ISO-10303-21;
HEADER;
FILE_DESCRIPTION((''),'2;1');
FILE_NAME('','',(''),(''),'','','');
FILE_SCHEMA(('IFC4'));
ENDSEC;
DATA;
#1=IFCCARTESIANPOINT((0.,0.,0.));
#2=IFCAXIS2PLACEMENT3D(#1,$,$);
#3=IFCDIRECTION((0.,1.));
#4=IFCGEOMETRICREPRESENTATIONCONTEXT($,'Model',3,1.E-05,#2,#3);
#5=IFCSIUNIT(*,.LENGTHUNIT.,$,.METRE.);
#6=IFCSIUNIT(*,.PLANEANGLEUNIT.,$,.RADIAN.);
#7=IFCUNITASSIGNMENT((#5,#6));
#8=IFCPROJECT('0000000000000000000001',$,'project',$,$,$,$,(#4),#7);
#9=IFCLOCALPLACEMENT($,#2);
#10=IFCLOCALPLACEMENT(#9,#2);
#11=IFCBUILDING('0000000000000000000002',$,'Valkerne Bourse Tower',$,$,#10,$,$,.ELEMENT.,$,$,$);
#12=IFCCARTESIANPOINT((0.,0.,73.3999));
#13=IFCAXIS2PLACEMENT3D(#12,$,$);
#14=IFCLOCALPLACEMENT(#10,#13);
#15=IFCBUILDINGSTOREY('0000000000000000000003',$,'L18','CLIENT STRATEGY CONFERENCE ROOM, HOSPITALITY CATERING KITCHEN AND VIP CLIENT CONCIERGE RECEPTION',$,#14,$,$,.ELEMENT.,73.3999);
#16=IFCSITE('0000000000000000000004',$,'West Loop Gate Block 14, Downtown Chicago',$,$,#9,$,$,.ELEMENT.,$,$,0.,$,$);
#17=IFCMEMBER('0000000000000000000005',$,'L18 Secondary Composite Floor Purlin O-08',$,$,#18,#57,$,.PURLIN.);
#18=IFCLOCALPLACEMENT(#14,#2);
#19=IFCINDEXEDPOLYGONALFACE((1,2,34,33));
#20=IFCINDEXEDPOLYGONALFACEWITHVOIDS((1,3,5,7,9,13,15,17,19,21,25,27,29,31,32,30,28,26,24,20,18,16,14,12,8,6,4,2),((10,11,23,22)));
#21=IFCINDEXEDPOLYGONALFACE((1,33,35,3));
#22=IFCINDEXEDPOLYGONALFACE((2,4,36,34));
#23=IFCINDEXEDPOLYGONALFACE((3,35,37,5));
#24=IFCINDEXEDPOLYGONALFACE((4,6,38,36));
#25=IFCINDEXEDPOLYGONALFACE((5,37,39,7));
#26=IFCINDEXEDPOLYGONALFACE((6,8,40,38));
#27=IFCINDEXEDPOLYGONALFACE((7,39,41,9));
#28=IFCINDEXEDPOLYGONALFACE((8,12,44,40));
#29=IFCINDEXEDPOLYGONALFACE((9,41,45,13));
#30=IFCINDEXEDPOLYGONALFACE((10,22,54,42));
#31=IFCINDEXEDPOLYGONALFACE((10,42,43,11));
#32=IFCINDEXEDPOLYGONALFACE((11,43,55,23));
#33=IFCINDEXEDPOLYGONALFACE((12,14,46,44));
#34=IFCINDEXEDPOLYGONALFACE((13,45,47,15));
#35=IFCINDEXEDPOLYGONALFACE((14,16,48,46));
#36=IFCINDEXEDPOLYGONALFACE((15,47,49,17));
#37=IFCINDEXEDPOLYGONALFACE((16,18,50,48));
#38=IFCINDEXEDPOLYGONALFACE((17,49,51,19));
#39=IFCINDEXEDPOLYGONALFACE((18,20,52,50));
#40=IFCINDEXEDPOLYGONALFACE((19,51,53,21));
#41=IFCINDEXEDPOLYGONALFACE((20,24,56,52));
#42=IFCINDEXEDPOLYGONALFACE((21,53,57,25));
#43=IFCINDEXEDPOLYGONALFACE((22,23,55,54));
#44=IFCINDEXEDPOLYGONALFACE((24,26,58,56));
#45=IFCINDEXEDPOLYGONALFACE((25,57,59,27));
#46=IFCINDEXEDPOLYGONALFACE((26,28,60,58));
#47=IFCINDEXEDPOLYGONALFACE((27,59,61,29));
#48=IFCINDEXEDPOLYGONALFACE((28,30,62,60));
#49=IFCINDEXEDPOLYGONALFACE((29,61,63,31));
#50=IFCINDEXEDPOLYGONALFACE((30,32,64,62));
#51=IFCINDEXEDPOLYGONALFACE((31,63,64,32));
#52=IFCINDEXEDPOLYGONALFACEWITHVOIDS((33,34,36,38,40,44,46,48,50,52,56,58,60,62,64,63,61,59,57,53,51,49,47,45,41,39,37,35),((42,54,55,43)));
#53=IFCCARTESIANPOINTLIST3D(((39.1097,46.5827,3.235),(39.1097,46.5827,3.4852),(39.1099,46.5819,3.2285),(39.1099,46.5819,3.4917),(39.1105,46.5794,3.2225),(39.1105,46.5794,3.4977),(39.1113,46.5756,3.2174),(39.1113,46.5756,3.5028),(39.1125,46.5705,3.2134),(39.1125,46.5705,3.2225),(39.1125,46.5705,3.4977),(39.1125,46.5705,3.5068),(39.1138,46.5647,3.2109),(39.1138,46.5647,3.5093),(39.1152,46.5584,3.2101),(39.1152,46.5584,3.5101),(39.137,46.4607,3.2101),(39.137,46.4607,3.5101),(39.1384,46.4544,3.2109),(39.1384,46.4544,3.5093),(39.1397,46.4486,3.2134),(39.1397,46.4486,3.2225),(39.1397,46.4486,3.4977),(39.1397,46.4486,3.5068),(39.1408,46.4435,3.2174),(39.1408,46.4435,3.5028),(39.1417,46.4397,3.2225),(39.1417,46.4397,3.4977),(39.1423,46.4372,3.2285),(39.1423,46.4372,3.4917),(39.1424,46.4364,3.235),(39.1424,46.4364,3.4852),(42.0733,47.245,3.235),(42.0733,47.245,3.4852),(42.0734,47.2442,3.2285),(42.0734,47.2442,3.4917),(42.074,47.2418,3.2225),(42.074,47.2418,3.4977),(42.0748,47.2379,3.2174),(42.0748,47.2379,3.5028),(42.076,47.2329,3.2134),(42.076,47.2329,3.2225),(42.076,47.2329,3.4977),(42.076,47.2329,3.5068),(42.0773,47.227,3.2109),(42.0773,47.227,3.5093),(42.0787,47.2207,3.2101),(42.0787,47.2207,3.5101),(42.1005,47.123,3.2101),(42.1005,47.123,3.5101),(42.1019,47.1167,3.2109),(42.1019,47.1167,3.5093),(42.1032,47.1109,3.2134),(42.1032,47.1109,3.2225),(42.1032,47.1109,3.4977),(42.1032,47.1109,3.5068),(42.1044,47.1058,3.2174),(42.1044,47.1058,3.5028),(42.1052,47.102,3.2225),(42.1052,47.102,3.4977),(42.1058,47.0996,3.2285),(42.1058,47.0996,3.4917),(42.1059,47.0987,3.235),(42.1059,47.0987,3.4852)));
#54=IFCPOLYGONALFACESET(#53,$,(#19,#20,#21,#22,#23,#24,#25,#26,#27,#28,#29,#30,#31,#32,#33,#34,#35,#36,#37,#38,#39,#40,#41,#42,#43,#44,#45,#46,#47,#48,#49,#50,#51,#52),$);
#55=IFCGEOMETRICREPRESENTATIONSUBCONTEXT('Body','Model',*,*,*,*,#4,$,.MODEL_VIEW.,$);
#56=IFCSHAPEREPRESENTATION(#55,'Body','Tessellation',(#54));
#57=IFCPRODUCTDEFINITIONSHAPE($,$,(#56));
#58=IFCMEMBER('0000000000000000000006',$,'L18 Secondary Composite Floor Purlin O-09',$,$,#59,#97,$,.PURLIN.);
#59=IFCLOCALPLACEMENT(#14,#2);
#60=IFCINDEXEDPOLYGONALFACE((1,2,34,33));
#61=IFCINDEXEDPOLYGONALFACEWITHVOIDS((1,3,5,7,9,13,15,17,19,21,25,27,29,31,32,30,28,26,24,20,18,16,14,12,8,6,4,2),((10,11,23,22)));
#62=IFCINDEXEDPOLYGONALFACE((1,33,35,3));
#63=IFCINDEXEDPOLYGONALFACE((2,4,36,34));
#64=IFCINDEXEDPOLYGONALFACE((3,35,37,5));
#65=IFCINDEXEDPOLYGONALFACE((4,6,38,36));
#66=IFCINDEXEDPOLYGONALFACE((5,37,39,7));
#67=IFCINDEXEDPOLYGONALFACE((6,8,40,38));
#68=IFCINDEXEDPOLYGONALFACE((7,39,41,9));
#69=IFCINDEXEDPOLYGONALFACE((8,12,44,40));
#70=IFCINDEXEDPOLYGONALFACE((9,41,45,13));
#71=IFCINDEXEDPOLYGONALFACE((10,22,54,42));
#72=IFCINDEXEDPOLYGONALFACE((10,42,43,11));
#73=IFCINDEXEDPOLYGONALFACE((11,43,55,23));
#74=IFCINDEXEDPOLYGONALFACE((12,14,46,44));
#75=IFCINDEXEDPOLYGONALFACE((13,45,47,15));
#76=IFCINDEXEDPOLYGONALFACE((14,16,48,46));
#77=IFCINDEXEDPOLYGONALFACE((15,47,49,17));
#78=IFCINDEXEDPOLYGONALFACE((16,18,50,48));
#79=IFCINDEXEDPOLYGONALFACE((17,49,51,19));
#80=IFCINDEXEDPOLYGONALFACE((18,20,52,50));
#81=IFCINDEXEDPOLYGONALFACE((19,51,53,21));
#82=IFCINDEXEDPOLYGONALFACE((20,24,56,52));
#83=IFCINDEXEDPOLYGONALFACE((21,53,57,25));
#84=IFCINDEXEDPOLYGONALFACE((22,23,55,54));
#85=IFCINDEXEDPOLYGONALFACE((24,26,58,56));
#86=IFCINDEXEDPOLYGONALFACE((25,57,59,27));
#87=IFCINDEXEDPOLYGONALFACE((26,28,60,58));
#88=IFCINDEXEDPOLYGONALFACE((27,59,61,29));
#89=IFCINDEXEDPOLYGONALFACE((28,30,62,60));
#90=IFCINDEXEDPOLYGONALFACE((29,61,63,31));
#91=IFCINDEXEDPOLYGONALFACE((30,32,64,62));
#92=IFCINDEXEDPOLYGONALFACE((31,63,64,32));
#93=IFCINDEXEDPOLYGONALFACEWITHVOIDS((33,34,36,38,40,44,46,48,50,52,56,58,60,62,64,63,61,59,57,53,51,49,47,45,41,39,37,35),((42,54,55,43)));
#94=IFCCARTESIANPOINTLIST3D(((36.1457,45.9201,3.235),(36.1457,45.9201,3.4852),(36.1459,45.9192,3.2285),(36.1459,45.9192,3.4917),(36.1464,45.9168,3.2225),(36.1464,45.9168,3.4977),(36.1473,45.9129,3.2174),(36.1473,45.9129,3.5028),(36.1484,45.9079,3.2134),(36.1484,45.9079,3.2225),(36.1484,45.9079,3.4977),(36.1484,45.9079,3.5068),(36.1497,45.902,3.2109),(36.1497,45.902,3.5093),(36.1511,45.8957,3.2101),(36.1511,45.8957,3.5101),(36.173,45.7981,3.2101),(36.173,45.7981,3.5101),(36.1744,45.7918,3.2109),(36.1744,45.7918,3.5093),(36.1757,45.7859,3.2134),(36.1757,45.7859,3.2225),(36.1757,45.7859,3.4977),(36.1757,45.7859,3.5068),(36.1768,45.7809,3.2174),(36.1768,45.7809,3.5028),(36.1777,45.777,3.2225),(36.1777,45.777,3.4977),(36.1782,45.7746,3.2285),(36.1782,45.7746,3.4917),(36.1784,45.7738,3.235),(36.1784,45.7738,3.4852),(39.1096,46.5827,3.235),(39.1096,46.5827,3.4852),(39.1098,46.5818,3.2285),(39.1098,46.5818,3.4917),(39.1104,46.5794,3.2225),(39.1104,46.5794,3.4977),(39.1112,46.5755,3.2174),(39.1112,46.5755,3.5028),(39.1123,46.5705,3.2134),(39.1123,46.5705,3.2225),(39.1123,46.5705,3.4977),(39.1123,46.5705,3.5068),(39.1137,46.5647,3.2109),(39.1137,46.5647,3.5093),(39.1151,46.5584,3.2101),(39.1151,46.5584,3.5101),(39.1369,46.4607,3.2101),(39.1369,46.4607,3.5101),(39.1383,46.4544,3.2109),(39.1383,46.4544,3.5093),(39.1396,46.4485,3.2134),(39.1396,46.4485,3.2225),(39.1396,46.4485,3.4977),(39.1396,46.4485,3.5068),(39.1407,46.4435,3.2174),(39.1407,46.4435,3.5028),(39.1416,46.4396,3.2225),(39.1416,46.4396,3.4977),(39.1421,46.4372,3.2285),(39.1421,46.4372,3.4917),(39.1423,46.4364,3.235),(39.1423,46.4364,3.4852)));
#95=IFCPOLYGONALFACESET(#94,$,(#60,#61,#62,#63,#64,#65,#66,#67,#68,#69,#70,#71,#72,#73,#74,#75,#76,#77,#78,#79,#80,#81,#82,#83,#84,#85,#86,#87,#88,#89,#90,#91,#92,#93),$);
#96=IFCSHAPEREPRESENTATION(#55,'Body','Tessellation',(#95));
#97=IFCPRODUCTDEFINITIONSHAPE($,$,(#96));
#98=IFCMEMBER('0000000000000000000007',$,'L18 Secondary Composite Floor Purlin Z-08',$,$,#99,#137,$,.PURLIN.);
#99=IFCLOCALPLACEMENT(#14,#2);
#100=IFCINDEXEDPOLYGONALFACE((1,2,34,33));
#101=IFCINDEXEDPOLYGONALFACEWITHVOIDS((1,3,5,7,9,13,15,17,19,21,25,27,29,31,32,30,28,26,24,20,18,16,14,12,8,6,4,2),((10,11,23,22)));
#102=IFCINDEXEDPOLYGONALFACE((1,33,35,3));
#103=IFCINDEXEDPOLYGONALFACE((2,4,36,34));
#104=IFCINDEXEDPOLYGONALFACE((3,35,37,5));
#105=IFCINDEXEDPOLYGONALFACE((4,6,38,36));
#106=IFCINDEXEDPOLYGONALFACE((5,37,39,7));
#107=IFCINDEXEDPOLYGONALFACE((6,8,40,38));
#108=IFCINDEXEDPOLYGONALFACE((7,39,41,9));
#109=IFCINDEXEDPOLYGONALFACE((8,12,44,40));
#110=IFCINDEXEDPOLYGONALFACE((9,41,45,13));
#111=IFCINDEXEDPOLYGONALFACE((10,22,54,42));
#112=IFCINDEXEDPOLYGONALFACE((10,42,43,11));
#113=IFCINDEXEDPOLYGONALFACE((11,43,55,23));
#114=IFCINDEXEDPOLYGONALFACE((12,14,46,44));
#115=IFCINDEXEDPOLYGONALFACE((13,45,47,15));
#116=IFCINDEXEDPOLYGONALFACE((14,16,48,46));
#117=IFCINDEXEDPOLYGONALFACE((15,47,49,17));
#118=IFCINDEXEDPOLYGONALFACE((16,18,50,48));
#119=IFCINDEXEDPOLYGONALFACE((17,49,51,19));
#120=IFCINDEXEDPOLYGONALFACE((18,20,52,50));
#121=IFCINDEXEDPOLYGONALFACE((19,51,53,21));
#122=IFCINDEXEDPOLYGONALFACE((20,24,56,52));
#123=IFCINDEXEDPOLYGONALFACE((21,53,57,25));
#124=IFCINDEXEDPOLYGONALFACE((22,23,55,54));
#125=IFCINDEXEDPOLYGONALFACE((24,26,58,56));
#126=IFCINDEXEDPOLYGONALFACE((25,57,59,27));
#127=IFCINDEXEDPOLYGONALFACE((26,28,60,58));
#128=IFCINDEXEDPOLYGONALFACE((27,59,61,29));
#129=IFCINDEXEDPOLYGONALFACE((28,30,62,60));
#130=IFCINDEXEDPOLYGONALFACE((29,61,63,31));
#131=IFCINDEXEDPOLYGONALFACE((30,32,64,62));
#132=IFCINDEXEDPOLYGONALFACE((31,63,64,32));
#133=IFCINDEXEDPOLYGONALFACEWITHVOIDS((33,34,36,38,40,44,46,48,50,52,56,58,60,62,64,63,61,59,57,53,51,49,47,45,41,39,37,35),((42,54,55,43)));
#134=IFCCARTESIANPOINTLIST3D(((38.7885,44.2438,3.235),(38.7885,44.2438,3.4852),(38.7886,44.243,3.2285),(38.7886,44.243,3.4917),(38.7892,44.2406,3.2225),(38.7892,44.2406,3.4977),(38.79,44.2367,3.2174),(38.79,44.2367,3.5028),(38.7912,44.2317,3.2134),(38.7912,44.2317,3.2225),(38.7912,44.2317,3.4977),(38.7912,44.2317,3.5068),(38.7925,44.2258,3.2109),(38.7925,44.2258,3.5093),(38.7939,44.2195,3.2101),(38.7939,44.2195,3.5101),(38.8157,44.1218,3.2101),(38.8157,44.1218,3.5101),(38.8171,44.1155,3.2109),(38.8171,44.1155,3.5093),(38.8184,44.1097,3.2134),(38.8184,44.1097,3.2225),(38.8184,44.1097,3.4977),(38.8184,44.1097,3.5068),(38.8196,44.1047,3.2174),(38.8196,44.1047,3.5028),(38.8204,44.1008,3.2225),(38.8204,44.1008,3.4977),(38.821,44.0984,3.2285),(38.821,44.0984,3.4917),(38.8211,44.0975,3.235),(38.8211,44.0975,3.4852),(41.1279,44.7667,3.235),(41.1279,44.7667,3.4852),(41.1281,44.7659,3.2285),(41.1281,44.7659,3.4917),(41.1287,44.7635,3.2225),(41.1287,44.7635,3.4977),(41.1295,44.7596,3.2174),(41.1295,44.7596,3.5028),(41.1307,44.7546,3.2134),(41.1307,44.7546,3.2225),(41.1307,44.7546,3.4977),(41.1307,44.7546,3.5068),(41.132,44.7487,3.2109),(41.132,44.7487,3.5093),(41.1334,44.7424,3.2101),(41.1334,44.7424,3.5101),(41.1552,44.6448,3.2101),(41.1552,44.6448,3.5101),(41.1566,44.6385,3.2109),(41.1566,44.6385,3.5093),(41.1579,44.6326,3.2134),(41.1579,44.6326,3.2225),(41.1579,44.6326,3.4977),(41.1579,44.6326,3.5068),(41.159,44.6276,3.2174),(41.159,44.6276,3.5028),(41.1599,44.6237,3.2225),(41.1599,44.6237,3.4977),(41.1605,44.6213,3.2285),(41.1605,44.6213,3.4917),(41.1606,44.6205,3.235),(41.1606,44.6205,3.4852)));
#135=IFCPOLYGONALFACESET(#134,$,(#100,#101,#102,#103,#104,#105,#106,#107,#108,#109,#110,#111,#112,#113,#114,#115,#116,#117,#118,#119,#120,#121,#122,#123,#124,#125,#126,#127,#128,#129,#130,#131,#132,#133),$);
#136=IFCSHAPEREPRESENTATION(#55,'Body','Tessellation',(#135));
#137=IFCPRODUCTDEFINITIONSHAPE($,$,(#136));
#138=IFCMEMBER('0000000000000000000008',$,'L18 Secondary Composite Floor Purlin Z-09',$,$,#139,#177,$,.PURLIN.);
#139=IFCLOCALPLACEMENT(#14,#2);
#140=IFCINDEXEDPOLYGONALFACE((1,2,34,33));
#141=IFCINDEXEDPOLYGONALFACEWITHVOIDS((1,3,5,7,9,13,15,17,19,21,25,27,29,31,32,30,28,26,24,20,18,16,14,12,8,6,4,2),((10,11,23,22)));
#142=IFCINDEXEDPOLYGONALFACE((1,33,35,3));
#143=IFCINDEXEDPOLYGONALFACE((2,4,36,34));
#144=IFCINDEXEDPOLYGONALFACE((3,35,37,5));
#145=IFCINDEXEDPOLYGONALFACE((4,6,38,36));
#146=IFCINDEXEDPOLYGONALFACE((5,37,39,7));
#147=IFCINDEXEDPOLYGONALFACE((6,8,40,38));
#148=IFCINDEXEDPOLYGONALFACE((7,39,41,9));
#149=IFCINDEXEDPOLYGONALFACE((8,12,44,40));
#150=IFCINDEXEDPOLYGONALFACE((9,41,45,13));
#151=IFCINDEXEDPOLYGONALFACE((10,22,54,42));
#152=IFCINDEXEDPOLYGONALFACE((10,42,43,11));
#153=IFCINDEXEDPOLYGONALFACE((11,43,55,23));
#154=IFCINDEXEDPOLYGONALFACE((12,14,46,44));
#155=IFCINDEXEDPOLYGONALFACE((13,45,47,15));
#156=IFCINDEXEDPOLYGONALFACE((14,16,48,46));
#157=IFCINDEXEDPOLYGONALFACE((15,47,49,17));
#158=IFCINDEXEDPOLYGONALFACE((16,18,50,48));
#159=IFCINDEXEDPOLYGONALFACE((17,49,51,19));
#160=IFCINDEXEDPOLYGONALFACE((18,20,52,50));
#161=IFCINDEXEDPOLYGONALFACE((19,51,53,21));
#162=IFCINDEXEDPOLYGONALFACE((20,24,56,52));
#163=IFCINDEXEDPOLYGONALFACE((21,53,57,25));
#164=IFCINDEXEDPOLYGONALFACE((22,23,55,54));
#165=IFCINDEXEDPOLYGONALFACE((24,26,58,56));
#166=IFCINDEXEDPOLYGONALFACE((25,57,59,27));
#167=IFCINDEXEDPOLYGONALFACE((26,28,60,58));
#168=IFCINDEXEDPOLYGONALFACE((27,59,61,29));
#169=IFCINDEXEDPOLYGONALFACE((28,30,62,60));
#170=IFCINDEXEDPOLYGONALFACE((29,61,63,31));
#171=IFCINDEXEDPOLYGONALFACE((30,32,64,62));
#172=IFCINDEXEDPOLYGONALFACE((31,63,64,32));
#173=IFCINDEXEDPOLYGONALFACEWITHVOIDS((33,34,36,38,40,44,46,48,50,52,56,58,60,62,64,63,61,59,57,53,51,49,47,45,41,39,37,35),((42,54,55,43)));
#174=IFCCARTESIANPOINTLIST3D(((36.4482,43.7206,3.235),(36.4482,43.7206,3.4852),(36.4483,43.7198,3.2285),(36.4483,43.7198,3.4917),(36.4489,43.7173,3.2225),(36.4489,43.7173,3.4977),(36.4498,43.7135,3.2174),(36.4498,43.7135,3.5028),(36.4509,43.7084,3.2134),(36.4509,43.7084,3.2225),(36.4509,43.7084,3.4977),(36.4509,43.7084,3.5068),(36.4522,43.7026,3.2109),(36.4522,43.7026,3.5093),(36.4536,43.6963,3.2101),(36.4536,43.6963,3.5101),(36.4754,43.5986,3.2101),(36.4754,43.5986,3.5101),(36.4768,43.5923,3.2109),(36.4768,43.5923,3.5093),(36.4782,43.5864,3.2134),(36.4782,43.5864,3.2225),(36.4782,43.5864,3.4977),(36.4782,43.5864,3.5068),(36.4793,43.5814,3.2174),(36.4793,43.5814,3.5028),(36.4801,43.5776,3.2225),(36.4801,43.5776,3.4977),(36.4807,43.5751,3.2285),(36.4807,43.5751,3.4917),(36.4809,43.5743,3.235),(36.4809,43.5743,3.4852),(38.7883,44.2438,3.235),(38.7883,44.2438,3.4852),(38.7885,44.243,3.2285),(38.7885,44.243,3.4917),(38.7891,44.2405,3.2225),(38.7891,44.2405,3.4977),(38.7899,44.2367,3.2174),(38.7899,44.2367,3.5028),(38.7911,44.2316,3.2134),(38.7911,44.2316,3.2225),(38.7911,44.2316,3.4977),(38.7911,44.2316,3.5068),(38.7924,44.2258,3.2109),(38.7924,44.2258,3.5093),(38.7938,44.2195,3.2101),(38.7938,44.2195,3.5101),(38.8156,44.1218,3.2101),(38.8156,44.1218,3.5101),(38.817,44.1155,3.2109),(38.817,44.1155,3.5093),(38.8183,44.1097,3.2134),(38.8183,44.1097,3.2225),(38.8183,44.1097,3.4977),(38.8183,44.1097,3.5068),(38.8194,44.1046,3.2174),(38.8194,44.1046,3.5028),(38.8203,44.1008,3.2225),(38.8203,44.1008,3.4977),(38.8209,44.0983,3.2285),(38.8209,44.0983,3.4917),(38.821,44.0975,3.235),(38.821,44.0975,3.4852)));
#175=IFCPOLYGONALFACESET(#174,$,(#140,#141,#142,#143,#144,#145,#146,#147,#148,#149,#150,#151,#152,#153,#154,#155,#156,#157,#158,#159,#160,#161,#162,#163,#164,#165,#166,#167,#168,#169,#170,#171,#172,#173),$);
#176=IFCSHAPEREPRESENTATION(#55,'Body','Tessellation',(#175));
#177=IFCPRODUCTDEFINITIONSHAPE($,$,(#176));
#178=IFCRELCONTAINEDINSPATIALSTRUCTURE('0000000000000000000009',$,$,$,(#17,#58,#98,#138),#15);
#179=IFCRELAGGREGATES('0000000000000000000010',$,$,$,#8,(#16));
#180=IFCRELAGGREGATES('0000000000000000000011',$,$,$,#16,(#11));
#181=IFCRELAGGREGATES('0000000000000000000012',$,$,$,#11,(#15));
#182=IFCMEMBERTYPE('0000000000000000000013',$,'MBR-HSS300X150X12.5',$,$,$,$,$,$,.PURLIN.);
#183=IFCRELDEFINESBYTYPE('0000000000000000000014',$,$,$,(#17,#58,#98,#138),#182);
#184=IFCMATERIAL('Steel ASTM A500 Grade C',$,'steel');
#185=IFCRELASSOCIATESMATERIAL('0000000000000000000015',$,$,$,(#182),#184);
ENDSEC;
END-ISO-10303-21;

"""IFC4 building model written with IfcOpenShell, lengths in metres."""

from ifc_helpers import new_model, si_unit, direction, frame, origin, origin_2d, place, context, subcontext, project, spatial, hollow_rectangle, extrude, material, material_profile, profile_set, type_object, element, save


model = new_model("IFC4")

# Units and contexts
model_context = context("Model", 3, precision=1e-05, world=origin(), true_north=direction((0.0, 1.0)))
body_context = subcontext(model_context, "Body", "Model", "MODEL_VIEW")
ifc_project = project(units=[si_unit("LENGTHUNIT", "METRE"), si_unit("PLANEANGLEUNIT", "RADIAN")], contexts=[model_context])

# Site, building, storey
site_placement = place(None, origin())
site = spatial("IfcSite", under=ifc_project, at=site_placement, Name="West Loop Gate Block 14, Downtown Chicago", CompositionType="ELEMENT", RefElevation=0.0)
building_placement = place(site_placement, origin())
building = spatial("IfcBuilding", under=site, at=building_placement, Name="Valkerne Bourse Tower", CompositionType="ELEMENT")
storey_placement = place(building_placement, frame((0.0, 0.0, 73.3999)))
storey = spatial("IfcBuildingStorey", under=building, at=storey_placement, Name="L18", Description="CLIENT STRATEGY CONFERENCE ROOM, HOSPITALITY CATERING KITCHEN AND VIP CLIENT CONCIERGE RECEPTION", CompositionType="ELEMENT", Elevation=73.3999)

# Members
ifc_material_1 = material(Name="Steel ASTM A500 Grade C", Category="steel")
ifc_material_profile_1 = material_profile(ifc_material_1, hollow_rectangle(XDim=0.1499, YDim=0.3, WallThickness=0.0125, OuterFilletRadius=0.0249, at=origin_2d()), Name="HSS300X150X12.5")
ifc_profile_set_1 = profile_set([ifc_material_profile_1], Name="Steel ASTM A500 Grade C")
member_type_1 = type_object("IfcMemberType", Name="MBR-HSS300X150X12.5", PredefinedType="PURLIN", material=ifc_profile_set_1)
member_1_placement = place(storey_placement, frame((42.0896, 47.1719, 3.3601), z_axis=(-0.975923, -0.218114, 0.0), x_axis=(0.218114, -0.975923, 0.0)))
element("IfcMember", 1, at=member_1_placement, inside=storey, type_object=member_type_1, Name="L18 Secondary Composite Floor Purlin O-08", PredefinedType="PURLIN", context=body_context, shape_type="SweptSolid", body=[
    extrude(hollow_rectangle(XDim=0.1499, YDim=0.3, WallThickness=0.0125, OuterFilletRadius=0.0249, at=origin_2d()), origin(), (0.0, 0.0, 1.0), 3.0366),
])
member_2_placement = place(storey_placement, frame((39.126, 46.5095, 3.3601), z_axis=(-0.97591, -0.218173, 0.0), x_axis=(0.218173, -0.97591, 0.0)))
element("IfcMember", 2, at=member_2_placement, inside=storey, type_object=member_type_1, Name="L18 Secondary Composite Floor Purlin O-09", PredefinedType="PURLIN", context=body_context, shape_type="SweptSolid", body=[
    extrude(hollow_rectangle(XDim=0.1499, YDim=0.3, WallThickness=0.0125, OuterFilletRadius=0.0249, at=origin_2d()), origin(), (0.0, 0.0, 1.0), 3.0371),
])
member_3_placement = place(storey_placement, frame((41.1443, 44.6936, 3.3601), z_axis=(-0.975918, -0.218138, 0.0), x_axis=(0.218138, -0.975918, 0.0)))
element("IfcMember", 3, at=member_3_placement, inside=storey, type_object=member_type_1, Name="L18 Secondary Composite Floor Purlin Z-08", PredefinedType="PURLIN", context=body_context, shape_type="SweptSolid", body=[
    extrude(hollow_rectangle(XDim=0.1499, YDim=0.3, WallThickness=0.0125, OuterFilletRadius=0.0249, at=origin_2d()), origin(), (0.0, 0.0, 1.0), 2.3972),
])
member_4_placement = place(storey_placement, frame((38.8047, 44.1707, 3.3601), z_axis=(-0.975906, -0.218192, 0.0), x_axis=(0.218192, -0.975906, 0.0)))
element("IfcMember", 4, at=member_4_placement, inside=storey, type_object=member_type_1, Name="L18 Secondary Composite Floor Purlin Z-09", PredefinedType="PURLIN", context=body_context, shape_type="SweptSolid", body=[
    extrude(hollow_rectangle(XDim=0.1499, YDim=0.3, WallThickness=0.0125, OuterFilletRadius=0.0249, at=origin_2d()), origin(), (0.0, 0.0, 1.0), 2.3979),
])

save(model, "model.ifc")
